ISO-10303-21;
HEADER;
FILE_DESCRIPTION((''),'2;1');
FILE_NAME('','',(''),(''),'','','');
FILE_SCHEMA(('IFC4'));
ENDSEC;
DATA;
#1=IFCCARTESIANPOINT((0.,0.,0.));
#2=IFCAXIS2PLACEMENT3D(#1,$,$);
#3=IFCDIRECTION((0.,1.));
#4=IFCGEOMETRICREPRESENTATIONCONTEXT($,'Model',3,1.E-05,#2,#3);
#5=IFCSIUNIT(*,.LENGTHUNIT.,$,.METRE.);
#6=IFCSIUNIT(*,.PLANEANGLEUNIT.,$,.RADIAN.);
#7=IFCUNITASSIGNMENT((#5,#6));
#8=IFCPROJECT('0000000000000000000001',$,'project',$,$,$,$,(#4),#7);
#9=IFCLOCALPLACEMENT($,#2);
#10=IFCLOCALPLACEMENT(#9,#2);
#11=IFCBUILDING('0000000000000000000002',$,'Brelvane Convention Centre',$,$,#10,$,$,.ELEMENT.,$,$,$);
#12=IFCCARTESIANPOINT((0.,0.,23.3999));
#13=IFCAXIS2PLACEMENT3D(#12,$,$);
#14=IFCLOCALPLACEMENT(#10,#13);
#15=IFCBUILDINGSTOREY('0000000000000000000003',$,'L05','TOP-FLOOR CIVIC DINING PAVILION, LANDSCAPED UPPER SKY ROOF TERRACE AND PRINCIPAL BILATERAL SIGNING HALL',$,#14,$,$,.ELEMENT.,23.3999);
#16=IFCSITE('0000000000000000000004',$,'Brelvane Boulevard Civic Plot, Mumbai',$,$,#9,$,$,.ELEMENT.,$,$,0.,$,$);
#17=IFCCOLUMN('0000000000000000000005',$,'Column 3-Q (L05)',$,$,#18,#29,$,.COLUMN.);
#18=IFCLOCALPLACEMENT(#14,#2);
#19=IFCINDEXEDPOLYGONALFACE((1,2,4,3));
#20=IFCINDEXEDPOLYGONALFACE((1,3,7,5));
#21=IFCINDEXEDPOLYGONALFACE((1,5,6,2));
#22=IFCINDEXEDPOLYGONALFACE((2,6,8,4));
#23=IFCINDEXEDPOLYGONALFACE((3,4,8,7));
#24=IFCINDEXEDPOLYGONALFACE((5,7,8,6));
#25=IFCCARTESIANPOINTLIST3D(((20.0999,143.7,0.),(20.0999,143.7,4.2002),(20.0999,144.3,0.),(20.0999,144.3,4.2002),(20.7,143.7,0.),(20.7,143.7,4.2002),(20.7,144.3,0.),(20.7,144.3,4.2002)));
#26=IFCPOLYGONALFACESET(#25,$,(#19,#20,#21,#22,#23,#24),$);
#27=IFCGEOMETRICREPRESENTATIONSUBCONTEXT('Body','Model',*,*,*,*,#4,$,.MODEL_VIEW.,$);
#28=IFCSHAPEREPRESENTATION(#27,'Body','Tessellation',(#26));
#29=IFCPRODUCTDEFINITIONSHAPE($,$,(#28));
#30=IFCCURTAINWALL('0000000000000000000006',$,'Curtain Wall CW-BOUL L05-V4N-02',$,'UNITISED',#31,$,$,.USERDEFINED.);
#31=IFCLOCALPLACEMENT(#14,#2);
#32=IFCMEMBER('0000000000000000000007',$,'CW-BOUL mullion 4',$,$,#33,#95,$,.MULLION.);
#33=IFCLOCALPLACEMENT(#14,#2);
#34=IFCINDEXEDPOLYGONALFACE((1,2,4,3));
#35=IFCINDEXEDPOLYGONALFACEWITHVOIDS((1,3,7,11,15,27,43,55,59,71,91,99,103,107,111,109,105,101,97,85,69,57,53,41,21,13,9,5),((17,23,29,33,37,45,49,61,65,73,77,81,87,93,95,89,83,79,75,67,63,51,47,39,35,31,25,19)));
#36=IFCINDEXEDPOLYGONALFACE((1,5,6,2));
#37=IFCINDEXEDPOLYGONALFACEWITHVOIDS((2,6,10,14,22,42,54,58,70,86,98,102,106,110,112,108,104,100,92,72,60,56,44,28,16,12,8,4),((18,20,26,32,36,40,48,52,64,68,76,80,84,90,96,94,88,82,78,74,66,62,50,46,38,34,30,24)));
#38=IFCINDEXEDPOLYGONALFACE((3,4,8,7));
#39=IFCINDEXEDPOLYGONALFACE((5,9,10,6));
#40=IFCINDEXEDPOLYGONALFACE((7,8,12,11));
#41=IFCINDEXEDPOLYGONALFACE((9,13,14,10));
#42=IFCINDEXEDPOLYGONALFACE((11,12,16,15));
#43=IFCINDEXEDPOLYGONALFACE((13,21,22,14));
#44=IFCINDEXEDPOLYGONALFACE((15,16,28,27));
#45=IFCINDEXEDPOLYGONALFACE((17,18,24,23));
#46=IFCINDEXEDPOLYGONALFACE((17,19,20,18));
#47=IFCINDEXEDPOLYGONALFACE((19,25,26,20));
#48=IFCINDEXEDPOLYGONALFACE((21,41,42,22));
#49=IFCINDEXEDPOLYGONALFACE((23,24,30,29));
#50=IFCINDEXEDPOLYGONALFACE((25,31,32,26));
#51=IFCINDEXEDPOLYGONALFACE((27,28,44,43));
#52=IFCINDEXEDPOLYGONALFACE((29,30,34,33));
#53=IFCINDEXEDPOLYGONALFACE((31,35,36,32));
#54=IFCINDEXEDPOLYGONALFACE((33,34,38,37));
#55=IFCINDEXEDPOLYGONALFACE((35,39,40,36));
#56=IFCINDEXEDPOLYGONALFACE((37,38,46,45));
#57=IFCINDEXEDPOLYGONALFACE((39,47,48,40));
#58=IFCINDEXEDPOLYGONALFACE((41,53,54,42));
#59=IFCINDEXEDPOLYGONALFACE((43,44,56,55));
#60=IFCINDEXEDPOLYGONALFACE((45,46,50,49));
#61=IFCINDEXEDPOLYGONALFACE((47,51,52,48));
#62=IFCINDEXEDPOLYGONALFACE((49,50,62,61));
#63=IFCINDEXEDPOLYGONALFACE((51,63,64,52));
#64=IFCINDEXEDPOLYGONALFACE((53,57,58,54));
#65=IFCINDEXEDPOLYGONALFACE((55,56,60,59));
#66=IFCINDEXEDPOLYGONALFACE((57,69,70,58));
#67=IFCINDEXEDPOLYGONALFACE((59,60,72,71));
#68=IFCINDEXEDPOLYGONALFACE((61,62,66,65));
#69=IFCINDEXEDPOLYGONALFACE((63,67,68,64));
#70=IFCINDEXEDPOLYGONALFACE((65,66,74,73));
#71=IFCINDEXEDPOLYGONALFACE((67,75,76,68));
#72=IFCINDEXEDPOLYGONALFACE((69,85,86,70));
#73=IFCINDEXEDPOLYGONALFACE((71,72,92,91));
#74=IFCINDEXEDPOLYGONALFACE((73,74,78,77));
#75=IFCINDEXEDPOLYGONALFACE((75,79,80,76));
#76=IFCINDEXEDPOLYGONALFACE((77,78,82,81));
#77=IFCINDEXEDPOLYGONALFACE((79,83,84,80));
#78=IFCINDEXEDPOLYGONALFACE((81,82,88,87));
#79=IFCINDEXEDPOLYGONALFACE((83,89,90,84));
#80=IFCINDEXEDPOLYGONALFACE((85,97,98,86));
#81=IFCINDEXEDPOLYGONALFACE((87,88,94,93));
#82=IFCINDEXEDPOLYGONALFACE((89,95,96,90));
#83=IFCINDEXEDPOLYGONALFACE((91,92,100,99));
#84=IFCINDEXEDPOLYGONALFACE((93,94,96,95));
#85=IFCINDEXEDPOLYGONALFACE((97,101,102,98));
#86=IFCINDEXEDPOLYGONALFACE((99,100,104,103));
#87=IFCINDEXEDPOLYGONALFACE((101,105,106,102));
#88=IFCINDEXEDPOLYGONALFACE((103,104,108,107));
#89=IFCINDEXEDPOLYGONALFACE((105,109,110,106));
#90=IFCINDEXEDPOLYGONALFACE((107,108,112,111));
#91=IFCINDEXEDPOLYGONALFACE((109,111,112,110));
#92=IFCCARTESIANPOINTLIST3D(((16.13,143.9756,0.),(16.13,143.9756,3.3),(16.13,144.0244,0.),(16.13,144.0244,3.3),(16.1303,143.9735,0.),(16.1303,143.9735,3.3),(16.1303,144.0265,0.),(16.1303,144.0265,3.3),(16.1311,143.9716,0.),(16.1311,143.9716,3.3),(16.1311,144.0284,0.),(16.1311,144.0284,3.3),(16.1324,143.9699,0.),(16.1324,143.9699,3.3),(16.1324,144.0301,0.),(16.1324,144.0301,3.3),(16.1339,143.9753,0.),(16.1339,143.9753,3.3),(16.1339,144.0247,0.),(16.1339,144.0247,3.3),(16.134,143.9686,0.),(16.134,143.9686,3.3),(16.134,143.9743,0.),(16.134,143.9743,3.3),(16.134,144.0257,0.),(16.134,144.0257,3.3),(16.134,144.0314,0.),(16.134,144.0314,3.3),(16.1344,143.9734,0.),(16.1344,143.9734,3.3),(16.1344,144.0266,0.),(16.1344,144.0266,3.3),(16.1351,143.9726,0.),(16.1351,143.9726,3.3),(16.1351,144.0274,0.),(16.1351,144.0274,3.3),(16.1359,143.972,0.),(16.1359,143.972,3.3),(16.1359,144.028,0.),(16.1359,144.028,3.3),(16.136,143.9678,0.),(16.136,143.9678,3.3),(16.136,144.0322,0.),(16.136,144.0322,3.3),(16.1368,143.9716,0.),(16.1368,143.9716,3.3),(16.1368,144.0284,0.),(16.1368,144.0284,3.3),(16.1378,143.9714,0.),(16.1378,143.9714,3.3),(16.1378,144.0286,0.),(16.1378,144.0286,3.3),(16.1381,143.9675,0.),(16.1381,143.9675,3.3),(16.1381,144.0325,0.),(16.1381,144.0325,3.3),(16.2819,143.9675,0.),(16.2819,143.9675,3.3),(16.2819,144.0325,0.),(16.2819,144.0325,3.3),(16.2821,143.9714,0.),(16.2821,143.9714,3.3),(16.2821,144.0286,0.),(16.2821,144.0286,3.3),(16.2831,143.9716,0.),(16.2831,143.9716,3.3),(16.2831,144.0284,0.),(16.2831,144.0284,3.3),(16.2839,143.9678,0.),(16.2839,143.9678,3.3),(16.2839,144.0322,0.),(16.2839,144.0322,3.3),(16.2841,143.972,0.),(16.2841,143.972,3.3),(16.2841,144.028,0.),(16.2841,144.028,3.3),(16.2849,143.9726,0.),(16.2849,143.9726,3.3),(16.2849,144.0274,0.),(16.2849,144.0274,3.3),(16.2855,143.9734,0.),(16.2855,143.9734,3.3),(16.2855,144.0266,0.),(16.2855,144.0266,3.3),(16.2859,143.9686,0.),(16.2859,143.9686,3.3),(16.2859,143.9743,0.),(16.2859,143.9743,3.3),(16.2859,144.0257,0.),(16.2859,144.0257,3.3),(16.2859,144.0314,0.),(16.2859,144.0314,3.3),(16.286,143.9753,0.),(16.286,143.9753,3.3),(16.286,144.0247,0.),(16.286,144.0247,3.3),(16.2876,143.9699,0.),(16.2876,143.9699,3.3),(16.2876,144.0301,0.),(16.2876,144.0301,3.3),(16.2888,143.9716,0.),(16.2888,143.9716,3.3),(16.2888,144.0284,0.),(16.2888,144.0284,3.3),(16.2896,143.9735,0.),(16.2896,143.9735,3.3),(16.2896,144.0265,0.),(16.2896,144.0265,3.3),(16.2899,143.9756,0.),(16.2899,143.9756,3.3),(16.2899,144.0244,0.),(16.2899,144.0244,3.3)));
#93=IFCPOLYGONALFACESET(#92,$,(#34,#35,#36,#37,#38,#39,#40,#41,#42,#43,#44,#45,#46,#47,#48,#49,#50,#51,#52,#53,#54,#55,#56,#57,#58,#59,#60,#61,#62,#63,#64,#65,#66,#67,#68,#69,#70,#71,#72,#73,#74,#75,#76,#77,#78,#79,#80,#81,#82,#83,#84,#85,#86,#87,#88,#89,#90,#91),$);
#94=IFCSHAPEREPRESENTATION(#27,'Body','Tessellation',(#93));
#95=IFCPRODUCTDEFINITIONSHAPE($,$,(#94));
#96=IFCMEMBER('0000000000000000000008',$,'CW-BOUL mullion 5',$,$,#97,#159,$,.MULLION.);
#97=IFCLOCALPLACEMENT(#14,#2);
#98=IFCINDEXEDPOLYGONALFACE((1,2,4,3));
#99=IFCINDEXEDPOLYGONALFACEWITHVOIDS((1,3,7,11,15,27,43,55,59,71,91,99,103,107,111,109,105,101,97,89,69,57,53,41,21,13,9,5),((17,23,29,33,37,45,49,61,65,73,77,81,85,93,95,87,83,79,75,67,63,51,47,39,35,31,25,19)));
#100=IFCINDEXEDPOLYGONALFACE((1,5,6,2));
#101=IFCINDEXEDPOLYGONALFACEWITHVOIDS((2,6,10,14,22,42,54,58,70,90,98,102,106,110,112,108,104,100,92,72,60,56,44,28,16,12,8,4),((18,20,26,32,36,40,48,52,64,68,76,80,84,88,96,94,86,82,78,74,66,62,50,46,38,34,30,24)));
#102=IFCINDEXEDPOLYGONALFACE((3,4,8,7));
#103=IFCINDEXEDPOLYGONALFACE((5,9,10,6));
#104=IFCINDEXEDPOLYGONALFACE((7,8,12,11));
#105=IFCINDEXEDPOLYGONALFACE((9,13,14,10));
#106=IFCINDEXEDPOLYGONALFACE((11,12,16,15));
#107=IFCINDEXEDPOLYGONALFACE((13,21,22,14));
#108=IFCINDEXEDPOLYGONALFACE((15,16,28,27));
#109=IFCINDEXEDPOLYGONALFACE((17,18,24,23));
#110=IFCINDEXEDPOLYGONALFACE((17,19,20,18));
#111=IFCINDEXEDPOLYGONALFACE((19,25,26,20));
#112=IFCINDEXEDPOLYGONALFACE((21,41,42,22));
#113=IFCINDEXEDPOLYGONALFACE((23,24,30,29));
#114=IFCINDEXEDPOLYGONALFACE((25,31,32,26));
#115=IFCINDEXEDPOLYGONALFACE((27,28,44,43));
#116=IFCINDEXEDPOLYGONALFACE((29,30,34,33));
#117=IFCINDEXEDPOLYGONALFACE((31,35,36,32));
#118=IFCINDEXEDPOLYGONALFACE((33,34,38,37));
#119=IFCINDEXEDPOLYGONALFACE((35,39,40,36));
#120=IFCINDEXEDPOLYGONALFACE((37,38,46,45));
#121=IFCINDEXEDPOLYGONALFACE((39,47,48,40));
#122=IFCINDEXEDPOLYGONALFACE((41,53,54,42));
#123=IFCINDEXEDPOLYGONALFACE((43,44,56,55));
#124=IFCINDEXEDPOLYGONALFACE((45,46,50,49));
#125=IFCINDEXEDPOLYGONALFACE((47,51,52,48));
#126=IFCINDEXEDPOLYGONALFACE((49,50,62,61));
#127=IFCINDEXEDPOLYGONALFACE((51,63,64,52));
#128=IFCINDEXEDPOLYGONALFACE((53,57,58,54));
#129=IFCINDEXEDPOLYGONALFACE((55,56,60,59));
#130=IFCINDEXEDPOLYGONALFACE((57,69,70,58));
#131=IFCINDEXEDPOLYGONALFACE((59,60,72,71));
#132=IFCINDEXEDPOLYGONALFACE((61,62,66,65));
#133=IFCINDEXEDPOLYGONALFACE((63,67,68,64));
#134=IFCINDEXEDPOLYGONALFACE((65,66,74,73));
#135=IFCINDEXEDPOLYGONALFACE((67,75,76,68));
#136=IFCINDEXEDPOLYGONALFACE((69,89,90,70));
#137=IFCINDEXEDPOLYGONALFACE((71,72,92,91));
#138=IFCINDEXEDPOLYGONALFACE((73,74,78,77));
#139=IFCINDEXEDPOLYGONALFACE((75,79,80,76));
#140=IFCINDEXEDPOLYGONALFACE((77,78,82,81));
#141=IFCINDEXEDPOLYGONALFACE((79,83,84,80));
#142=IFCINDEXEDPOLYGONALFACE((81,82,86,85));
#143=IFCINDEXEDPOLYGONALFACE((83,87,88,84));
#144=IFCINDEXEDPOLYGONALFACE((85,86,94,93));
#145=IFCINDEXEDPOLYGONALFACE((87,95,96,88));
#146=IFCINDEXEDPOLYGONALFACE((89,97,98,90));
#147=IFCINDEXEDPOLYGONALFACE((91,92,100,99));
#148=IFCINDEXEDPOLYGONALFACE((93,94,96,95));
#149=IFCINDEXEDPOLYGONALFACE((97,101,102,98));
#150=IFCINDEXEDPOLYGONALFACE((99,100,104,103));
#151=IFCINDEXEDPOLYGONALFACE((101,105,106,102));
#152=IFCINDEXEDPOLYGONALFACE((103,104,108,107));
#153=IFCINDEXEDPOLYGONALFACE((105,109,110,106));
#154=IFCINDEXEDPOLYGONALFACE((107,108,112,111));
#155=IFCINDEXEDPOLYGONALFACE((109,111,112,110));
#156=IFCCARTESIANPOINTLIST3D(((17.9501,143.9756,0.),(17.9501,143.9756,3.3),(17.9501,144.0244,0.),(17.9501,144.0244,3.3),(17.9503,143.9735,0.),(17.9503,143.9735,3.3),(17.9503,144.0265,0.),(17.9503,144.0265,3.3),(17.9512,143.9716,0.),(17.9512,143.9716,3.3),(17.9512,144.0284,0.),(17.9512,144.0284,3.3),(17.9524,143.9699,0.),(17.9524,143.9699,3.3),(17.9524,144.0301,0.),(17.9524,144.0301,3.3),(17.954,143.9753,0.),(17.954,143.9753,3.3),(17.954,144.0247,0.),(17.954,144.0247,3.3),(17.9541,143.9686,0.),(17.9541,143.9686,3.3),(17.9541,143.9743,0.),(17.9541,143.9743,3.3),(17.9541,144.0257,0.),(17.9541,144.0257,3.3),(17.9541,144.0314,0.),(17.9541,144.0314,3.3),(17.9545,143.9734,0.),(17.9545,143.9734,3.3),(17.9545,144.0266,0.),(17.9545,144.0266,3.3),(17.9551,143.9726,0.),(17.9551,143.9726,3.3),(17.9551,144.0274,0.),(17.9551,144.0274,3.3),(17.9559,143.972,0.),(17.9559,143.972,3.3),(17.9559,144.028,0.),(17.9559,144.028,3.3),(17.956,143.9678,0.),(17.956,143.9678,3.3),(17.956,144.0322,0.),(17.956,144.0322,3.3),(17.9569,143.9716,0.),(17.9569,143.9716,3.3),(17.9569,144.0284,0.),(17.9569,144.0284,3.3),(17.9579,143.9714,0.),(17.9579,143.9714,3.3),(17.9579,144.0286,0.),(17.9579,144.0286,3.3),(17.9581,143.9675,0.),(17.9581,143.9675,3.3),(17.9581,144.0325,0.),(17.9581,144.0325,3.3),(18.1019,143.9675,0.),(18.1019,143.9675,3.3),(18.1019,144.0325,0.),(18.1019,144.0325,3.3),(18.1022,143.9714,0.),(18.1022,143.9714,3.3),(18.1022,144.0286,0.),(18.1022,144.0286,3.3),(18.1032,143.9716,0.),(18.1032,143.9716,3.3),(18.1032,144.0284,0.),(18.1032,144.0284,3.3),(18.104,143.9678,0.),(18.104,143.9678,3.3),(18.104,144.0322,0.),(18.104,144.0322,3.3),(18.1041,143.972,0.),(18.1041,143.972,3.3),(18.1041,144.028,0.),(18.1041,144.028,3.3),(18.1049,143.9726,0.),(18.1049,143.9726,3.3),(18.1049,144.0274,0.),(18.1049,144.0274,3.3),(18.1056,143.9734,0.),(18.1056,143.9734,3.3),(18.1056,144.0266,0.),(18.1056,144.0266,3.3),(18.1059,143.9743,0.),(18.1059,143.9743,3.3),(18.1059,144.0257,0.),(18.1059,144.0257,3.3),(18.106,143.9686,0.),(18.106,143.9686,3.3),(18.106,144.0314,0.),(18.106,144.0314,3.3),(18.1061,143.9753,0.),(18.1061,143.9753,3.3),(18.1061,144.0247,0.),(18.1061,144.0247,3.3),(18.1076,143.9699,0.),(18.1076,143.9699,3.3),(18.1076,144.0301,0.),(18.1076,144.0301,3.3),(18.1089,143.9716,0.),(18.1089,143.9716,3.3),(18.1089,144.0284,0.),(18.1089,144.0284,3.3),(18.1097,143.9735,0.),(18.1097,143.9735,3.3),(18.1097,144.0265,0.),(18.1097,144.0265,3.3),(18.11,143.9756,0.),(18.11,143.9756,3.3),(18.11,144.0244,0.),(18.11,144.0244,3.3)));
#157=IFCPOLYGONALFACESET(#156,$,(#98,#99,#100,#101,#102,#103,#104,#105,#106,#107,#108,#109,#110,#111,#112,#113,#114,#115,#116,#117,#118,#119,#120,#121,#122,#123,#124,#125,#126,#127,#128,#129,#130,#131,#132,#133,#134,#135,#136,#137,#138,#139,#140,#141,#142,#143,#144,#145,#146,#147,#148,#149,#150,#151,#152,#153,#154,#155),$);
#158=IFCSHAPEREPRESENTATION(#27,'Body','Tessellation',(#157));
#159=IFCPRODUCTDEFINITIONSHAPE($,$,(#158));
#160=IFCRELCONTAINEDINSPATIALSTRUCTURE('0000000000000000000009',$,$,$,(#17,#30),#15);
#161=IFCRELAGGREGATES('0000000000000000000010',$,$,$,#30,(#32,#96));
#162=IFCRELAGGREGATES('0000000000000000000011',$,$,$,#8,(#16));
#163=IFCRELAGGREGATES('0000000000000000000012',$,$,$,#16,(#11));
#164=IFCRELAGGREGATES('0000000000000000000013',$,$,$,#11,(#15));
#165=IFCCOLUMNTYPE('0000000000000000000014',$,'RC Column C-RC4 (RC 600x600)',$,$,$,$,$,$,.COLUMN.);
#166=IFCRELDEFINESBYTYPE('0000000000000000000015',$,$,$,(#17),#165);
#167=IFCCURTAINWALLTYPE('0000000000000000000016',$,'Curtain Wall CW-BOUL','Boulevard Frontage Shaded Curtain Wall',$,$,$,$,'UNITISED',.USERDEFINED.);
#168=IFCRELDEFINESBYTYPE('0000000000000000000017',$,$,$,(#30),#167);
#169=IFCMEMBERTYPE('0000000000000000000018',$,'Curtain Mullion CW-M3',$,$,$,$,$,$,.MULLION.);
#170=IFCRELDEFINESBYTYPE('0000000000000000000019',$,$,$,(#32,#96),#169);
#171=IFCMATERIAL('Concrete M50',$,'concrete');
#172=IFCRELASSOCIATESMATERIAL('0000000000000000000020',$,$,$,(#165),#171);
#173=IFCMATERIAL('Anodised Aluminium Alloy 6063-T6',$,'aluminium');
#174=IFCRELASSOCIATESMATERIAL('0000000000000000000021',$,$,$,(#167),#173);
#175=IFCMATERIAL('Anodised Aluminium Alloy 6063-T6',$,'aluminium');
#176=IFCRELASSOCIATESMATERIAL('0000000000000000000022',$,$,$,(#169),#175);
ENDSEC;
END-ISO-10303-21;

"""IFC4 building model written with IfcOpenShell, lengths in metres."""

from ifc_helpers import new_model, si_unit, direction, frame, origin, origin_2d, place, context, subcontext, project, spatial, rectangle, hollow_rectangle, extrude, material, material_profile, profile_set, type_object, element, aggregate, save


model = new_model("IFC4")

# Units and contexts
model_context = context("Model", 3, precision=1e-05, world=origin(), true_north=direction((0.0, 1.0)))
body_context = subcontext(model_context, "Body", "Model", "MODEL_VIEW")
ifc_project = project(units=[si_unit("LENGTHUNIT", "METRE"), si_unit("PLANEANGLEUNIT", "RADIAN")], contexts=[model_context])

# Site, building, storey
site_placement = place(None, origin())
site = spatial("IfcSite", under=ifc_project, at=site_placement, Name="Brelvane Boulevard Civic Plot, Mumbai", CompositionType="ELEMENT", RefElevation=0.0)
building_placement = place(site_placement, origin())
building = spatial("IfcBuilding", under=site, at=building_placement, Name="Brelvane Convention Centre", CompositionType="ELEMENT")
storey_placement = place(building_placement, frame((0.0, 0.0, 23.3999)))
storey = spatial("IfcBuildingStorey", under=building, at=storey_placement, Name="L05", Description="TOP-FLOOR CIVIC DINING PAVILION, LANDSCAPED UPPER SKY ROOF TERRACE AND PRINCIPAL BILATERAL SIGNING HALL", CompositionType="ELEMENT", Elevation=23.3999)

# Column
ifc_material_1 = material(Name="Concrete M50", Category="concrete")
ifc_material_profile_1 = material_profile(ifc_material_1, rectangle(XDim=0.6001, YDim=0.6001, at=origin_2d()), Name="RC 600x600")
ifc_profile_set_1 = profile_set([ifc_material_profile_1], Name="Concrete M50")
column_type = type_object("IfcColumnType", Name="RC Column C-RC4 (RC 600x600)", PredefinedType="COLUMN", material=ifc_profile_set_1)
column_placement = place(storey_placement, frame((20.3999, 144.0, 0.0), z_axis=(0.0, 0.0, 1.0), x_axis=(1.0, 0.0, 0.0)))
element("IfcColumn", 1, at=column_placement, inside=storey, type_object=column_type, Name="Column 3-Q (L05)", PredefinedType="COLUMN", context=body_context, shape_type="SweptSolid", body=[
    extrude(rectangle(XDim=0.6001, YDim=0.6001, at=origin_2d()), origin(), (0.0, 0.0, 1.0), 4.2002),
])

# Curtain wall, members
ifc_material_2 = material(Name="Anodised Aluminium Alloy 6063-T6", Category="aluminium")
curtain_wall_type = type_object("IfcCurtainWallType", Name="Curtain Wall CW-BOUL", Description="Boulevard Frontage Shaded Curtain Wall", ElementType="UNITISED", PredefinedType="USERDEFINED", material=ifc_material_2)
curtain_wall_placement = place(storey_placement, origin())
curtain_wall = element("IfcCurtainWall", 2, at=curtain_wall_placement, inside=storey, type_object=curtain_wall_type, Name="Curtain Wall CW-BOUL L05-V4N-02", ObjectType="UNITISED", PredefinedType="USERDEFINED")
ifc_material_3 = material(Name="Anodised Aluminium Alloy 6063-T6", Category="aluminium")
ifc_material_profile_2 = material_profile(ifc_material_3, hollow_rectangle(XDim=0.0649, YDim=0.1599, WallThickness=0.0039, InnerFilletRadius=0.0039, OuterFilletRadius=0.0081, at=origin_2d()), Name="ALU-M 160x65x4.0")
ifc_profile_set_2 = profile_set([ifc_material_profile_2], Name="Anodised Aluminium Alloy 6063-T6")
member_type_1 = type_object("IfcMemberType", Name="Curtain Mullion CW-M3", PredefinedType="MULLION", material=ifc_profile_set_2)
member_1_placement = place(storey_placement, frame((16.21, 144.0, 0.0), z_axis=(0.0, 0.0, 1.0), x_axis=(0.0, 1.0, 0.0)))
member_1 = element("IfcMember", 3, at=member_1_placement, type_object=member_type_1, Name="CW-BOUL mullion 4", PredefinedType="MULLION", context=body_context, shape_type="SweptSolid", body=[
    extrude(hollow_rectangle(XDim=0.0649, YDim=0.1599, WallThickness=0.0039, InnerFilletRadius=0.0039, OuterFilletRadius=0.0081, at=origin_2d()), origin(), (0.0, 0.0, 1.0), 3.3),
])
member_2_placement = place(storey_placement, frame((18.03, 144.0, 0.0), z_axis=(0.0, 0.0, 1.0), x_axis=(0.0, 1.0, 0.0)))
member_2 = element("IfcMember", 4, at=member_2_placement, type_object=member_type_1, Name="CW-BOUL mullion 5", PredefinedType="MULLION", context=body_context, shape_type="SweptSolid", body=[
    extrude(hollow_rectangle(XDim=0.0649, YDim=0.1599, WallThickness=0.0039, InnerFilletRadius=0.0039, OuterFilletRadius=0.0081, at=origin_2d()), origin(), (0.0, 0.0, 1.0), 3.3),
])

aggregate(curtain_wall, [member_1, member_2])

save(model, "model.ifc")
